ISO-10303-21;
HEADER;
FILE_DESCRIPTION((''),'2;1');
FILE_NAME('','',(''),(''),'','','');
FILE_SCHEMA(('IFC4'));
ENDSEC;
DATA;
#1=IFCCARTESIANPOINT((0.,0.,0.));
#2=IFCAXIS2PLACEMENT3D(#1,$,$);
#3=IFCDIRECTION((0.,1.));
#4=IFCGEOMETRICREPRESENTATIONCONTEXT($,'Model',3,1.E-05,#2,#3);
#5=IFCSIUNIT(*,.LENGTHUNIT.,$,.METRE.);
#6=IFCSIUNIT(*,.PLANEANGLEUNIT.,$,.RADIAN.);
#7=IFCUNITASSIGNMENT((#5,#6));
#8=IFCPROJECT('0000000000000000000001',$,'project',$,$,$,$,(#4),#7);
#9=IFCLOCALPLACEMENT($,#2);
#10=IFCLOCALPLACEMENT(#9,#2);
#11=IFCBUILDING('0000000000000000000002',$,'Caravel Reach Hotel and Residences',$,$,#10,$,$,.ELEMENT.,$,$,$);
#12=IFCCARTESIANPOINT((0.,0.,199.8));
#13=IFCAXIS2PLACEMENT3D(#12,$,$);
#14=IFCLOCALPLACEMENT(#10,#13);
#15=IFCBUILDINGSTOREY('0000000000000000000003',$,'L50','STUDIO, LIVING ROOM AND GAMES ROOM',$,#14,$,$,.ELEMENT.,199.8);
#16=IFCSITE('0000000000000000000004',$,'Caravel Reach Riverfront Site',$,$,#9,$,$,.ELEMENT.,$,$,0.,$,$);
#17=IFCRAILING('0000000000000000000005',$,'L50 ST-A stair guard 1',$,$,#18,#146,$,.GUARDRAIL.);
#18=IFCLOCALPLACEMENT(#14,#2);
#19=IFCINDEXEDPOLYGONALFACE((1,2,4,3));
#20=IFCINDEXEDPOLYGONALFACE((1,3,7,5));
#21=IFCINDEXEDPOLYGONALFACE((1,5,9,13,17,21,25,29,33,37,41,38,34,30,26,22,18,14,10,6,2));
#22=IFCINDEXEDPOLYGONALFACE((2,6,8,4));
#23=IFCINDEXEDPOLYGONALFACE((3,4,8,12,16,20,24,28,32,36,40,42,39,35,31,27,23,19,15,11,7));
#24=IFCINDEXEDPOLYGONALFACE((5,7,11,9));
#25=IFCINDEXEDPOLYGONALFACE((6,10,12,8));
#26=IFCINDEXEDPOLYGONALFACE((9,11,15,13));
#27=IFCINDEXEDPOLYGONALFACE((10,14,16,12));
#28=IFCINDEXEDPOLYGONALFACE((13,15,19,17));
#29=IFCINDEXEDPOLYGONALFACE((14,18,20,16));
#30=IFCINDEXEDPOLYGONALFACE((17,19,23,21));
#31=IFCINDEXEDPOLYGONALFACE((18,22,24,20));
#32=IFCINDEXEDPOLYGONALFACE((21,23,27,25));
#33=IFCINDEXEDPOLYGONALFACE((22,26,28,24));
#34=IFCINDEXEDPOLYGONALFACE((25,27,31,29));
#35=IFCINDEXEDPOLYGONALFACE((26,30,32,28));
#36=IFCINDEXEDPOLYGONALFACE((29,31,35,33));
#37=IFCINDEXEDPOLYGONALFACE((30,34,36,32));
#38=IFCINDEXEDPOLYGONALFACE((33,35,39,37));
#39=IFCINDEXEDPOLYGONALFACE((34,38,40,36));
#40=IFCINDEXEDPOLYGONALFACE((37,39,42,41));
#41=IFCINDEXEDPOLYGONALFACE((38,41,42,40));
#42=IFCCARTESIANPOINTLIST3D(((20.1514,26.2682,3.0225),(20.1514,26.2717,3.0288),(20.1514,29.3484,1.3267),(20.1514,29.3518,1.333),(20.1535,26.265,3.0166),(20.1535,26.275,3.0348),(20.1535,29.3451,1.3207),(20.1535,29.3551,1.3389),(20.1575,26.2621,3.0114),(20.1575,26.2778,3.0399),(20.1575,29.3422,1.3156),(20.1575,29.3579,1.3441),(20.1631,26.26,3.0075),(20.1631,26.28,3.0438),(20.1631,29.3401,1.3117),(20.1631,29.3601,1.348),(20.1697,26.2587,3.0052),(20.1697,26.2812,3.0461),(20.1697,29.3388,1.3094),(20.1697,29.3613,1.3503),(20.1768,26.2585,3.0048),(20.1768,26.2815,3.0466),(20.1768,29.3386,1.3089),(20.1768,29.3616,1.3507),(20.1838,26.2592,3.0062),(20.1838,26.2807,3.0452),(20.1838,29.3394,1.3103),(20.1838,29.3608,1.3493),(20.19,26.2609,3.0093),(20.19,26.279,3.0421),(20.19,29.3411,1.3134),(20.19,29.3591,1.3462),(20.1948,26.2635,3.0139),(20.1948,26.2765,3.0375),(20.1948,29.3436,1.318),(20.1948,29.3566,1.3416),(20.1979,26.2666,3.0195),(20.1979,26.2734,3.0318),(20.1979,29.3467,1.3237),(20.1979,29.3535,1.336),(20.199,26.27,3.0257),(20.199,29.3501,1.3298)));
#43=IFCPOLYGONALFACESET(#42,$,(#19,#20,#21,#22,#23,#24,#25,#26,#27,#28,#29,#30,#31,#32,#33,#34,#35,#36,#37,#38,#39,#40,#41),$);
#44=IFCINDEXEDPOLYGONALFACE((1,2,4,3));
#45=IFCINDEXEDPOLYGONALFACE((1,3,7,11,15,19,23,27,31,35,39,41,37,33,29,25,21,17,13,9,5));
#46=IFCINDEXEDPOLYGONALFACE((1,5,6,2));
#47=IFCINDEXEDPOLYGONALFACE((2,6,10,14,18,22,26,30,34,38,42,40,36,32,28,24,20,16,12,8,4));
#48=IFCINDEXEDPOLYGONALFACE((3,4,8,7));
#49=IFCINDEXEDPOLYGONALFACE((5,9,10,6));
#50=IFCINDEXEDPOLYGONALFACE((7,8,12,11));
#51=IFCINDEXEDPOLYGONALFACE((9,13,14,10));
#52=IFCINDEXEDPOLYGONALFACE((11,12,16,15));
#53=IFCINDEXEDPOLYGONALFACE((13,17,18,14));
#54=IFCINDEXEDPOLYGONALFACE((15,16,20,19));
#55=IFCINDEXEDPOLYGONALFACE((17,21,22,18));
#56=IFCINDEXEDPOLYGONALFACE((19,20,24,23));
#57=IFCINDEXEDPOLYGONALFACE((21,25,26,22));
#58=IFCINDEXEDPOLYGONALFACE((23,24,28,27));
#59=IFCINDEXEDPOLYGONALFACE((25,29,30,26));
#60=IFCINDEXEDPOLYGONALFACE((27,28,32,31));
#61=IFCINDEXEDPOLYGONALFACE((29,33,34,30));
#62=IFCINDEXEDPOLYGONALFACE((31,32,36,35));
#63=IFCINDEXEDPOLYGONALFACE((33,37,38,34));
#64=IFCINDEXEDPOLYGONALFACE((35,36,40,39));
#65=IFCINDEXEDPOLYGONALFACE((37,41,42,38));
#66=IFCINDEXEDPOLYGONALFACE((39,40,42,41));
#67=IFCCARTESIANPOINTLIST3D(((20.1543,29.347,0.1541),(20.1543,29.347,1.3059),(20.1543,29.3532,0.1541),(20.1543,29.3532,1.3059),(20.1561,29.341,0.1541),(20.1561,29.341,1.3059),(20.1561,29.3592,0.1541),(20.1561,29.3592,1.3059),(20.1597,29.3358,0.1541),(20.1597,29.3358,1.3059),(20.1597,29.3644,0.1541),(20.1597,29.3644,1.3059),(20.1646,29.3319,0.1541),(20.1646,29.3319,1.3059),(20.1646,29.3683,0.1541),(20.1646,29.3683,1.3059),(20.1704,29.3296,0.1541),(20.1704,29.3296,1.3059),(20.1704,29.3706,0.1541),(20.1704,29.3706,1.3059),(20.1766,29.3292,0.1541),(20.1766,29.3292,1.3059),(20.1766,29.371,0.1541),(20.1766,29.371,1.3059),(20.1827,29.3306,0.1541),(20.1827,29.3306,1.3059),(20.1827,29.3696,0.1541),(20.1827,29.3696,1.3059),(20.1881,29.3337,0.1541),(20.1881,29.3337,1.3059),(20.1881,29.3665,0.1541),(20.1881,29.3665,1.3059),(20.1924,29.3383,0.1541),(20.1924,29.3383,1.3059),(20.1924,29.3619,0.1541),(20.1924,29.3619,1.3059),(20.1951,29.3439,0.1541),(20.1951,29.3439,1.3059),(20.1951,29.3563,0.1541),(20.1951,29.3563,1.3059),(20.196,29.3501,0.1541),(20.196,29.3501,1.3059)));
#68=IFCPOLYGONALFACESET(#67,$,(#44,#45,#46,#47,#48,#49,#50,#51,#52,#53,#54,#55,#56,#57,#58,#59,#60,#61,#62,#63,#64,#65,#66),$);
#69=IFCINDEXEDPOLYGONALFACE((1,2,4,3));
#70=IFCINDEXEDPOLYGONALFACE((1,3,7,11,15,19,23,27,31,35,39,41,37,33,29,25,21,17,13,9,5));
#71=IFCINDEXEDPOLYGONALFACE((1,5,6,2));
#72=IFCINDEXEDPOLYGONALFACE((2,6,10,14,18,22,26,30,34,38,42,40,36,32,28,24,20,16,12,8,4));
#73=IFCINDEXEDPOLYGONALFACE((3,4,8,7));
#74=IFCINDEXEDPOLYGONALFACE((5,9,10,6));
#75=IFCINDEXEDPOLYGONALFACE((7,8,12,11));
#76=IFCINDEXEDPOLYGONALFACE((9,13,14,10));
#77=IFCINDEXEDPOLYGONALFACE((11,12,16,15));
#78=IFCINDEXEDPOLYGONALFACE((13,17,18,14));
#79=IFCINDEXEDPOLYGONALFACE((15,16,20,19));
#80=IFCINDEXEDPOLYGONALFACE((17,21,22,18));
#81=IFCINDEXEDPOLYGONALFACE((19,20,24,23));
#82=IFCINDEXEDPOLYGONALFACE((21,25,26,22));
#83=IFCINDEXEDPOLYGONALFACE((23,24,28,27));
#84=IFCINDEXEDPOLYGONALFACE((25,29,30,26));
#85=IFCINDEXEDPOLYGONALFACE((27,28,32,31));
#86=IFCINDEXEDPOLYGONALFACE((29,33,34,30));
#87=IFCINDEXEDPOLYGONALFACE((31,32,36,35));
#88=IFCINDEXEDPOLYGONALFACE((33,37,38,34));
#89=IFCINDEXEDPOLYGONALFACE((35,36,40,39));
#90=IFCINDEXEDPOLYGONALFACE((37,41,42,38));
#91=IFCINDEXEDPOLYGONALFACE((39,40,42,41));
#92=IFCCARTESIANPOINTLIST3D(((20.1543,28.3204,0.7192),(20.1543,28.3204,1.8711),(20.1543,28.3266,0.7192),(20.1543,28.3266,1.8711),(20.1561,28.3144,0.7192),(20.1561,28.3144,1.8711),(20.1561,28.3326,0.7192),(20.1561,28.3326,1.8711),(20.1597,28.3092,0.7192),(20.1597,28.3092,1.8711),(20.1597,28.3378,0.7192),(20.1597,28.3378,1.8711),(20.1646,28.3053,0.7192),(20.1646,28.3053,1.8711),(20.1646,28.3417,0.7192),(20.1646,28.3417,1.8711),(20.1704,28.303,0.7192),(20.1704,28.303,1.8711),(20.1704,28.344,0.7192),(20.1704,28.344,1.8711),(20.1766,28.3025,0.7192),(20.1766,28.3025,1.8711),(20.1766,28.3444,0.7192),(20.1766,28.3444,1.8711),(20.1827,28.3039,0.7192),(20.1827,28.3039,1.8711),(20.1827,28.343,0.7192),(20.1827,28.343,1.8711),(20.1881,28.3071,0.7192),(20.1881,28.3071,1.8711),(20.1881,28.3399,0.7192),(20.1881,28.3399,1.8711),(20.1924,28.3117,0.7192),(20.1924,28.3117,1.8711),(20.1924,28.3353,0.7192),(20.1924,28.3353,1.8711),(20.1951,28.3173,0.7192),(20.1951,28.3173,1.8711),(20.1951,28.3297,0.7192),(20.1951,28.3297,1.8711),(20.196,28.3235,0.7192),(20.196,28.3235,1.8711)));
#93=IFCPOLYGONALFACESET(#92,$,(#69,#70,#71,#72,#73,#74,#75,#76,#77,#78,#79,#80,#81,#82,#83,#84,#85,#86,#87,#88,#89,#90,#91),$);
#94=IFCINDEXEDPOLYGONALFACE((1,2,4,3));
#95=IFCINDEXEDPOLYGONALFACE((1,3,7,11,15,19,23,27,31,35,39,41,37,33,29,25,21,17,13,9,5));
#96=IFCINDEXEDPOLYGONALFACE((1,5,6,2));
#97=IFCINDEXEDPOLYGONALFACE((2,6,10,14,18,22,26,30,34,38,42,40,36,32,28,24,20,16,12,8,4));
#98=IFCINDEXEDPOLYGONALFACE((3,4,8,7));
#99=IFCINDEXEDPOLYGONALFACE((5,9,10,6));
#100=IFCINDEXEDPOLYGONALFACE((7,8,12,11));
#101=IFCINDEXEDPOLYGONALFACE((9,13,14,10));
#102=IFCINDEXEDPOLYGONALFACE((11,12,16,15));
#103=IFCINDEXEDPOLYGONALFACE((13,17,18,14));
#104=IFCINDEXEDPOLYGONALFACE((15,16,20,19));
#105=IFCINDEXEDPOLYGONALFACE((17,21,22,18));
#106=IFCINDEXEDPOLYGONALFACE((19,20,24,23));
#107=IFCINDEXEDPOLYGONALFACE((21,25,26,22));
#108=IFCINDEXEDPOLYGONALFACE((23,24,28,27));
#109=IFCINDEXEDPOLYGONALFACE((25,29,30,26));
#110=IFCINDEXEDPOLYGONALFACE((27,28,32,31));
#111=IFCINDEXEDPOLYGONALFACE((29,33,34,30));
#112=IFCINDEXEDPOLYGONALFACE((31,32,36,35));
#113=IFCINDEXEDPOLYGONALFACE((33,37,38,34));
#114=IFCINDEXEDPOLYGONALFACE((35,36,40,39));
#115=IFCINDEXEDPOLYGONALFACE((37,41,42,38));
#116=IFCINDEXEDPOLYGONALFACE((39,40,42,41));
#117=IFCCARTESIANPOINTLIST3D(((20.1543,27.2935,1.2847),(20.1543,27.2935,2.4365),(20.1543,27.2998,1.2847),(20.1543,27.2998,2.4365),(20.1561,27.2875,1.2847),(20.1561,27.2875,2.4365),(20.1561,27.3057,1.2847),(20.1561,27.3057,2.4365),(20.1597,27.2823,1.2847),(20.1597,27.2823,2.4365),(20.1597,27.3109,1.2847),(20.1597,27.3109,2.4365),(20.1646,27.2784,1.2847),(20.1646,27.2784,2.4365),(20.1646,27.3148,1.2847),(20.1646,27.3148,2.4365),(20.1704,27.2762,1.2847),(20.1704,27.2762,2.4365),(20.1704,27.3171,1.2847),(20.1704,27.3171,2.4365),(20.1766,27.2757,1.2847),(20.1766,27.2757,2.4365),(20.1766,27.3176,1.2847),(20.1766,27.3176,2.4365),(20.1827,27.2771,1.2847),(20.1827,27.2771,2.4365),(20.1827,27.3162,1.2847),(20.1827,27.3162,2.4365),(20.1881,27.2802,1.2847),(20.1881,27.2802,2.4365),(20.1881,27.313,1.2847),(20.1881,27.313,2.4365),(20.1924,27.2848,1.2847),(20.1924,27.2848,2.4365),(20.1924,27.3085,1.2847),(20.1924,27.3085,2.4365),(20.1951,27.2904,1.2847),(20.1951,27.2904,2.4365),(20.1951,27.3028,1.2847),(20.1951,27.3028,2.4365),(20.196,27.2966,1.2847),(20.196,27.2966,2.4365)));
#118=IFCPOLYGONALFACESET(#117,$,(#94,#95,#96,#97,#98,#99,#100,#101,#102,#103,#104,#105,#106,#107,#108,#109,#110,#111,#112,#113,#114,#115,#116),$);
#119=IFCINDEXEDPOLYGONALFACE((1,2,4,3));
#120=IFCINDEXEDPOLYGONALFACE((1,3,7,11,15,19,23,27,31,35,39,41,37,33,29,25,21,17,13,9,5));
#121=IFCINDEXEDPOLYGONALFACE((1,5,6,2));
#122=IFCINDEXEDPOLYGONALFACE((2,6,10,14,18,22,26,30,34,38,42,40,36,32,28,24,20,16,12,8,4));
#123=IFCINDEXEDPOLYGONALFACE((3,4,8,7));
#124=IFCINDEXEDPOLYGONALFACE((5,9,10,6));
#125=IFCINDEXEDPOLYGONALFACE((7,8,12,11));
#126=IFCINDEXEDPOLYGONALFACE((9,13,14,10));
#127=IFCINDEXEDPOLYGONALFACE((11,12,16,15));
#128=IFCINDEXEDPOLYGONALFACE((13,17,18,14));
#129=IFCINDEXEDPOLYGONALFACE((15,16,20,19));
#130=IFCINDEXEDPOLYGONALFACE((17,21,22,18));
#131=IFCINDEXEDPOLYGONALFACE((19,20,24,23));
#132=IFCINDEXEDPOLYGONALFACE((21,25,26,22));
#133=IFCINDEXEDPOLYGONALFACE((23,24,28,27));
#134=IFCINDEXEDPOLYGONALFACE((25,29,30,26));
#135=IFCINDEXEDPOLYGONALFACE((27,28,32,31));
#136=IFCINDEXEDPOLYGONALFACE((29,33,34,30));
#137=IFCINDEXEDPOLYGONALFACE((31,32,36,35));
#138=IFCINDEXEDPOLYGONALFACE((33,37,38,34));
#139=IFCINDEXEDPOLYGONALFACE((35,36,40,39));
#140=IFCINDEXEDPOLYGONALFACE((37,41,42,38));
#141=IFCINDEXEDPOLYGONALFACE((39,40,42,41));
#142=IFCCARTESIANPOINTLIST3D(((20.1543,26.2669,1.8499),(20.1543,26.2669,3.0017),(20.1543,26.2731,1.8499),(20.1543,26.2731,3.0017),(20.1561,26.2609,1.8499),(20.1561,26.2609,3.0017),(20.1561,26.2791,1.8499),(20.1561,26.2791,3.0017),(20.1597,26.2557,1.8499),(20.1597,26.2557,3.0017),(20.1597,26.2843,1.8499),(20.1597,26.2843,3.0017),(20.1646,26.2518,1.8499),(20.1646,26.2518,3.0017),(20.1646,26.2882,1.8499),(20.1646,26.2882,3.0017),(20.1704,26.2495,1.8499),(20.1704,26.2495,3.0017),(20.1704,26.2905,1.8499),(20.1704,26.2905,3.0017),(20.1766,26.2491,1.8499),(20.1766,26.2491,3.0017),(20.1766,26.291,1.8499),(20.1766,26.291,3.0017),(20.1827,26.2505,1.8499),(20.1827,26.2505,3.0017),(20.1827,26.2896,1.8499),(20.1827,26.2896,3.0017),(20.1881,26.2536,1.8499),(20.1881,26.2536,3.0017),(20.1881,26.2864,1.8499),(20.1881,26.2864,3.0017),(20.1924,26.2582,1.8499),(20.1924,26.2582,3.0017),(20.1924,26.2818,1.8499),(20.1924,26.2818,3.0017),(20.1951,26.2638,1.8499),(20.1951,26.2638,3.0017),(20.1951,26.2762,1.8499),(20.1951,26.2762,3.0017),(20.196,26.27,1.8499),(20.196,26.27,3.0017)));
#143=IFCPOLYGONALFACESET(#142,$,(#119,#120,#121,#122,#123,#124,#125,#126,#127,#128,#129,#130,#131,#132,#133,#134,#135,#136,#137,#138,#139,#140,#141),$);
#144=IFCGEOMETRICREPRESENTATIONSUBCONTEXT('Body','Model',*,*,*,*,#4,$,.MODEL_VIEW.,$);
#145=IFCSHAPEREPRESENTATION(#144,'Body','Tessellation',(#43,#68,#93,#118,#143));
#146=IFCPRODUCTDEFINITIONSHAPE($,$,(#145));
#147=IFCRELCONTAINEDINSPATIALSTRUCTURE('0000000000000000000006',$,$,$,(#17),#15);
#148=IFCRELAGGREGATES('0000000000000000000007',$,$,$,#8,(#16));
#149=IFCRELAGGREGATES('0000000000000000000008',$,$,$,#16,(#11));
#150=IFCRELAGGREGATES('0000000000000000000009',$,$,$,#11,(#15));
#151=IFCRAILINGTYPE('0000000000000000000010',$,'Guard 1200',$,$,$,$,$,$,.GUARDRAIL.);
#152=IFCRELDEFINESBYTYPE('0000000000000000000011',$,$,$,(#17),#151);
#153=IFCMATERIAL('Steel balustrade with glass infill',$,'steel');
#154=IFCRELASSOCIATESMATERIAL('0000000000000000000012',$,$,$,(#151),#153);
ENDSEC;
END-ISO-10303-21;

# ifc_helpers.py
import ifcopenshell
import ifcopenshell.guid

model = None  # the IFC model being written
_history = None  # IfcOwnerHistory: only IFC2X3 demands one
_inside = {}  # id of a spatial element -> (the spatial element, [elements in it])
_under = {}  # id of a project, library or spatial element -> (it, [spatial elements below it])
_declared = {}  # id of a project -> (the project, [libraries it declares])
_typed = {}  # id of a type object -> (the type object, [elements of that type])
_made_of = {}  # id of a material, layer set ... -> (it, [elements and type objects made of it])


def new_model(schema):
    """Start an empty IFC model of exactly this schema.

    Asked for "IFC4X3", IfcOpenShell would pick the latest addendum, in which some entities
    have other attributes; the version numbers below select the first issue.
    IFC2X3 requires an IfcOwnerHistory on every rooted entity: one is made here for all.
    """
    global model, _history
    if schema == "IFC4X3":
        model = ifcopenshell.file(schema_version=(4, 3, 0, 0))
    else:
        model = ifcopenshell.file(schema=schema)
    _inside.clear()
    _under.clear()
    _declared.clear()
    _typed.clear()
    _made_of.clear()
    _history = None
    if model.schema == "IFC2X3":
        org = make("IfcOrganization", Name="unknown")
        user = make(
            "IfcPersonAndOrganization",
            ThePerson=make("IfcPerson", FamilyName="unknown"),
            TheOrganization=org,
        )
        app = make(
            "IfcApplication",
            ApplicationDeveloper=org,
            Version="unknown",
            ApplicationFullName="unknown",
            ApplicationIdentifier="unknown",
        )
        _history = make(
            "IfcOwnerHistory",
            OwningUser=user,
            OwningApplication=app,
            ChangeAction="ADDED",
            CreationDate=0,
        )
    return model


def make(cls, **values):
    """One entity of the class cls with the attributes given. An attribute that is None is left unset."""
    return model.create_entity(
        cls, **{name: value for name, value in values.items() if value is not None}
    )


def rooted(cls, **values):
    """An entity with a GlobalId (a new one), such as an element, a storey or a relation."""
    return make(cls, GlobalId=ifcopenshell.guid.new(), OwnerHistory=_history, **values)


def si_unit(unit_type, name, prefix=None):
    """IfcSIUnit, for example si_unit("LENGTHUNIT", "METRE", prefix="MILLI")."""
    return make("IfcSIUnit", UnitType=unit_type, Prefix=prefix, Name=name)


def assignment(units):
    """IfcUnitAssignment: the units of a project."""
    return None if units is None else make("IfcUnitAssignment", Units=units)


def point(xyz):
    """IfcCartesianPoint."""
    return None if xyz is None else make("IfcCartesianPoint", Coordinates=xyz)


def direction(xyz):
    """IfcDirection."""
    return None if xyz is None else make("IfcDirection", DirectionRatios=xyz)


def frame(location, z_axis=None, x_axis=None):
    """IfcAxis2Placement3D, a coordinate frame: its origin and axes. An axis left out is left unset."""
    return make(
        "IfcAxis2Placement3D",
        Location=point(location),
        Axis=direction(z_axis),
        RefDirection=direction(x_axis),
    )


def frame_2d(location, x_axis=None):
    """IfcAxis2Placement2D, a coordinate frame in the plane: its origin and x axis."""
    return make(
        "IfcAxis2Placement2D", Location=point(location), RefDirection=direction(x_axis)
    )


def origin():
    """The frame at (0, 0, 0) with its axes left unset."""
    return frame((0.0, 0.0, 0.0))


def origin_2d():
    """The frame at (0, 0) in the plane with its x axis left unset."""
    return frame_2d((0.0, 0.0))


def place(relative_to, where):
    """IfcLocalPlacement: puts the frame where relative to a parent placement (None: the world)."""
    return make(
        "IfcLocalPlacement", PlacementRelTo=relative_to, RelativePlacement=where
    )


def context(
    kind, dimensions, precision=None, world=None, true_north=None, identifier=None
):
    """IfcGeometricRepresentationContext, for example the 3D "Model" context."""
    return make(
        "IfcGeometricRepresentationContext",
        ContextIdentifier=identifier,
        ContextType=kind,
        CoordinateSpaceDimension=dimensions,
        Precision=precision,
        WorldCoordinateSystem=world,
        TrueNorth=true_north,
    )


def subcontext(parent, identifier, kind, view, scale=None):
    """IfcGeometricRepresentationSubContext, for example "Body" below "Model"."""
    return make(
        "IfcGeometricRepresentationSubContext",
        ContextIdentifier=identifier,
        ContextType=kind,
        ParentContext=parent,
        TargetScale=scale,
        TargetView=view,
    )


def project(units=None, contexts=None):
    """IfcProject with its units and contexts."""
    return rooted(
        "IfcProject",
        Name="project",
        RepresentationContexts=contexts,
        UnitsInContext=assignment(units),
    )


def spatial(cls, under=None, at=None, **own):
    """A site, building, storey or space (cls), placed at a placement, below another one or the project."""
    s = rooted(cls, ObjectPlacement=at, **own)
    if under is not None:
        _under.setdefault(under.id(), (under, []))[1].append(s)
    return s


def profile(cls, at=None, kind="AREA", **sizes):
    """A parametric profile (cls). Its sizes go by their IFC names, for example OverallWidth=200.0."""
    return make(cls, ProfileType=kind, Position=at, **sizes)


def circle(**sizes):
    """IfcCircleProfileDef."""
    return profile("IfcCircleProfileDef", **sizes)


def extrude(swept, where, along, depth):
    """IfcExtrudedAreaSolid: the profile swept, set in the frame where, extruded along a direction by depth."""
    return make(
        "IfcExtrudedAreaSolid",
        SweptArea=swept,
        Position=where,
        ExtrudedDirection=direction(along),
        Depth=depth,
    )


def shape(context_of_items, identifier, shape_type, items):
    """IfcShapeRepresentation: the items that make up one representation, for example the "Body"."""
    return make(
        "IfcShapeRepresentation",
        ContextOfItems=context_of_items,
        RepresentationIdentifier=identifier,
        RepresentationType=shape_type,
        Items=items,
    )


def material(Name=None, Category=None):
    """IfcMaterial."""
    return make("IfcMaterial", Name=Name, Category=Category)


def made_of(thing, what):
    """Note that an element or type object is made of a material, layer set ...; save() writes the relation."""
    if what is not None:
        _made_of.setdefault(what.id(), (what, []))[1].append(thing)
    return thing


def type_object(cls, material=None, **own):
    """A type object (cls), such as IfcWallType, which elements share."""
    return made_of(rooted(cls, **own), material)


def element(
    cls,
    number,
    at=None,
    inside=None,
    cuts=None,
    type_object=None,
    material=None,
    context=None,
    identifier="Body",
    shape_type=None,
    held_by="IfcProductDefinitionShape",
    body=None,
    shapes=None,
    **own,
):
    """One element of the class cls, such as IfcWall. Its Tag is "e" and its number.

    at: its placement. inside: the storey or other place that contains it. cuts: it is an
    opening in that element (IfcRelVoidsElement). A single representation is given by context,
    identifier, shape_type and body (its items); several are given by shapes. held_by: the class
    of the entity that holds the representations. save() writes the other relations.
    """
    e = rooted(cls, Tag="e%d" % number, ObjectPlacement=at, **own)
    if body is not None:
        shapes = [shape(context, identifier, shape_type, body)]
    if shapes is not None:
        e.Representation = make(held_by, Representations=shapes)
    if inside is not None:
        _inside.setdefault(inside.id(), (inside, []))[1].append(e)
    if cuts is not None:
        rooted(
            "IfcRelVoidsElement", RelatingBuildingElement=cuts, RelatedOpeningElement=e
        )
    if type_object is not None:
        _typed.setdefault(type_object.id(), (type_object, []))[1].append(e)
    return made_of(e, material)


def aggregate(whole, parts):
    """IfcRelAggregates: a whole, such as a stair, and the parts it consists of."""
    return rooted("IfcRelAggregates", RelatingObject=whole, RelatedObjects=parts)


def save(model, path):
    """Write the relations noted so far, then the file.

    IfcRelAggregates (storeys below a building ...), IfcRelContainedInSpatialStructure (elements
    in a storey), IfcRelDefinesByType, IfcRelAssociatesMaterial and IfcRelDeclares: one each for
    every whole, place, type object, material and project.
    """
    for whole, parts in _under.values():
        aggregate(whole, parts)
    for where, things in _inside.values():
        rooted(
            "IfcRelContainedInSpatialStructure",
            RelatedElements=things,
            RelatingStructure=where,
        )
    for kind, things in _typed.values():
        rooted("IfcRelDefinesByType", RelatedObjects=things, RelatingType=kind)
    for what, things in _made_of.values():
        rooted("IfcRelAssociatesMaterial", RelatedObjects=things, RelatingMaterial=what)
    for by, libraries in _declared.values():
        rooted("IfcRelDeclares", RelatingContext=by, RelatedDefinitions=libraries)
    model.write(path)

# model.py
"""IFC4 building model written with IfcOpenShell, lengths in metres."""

from ifc_helpers import new_model, si_unit, direction, frame, origin, origin_2d, place, context, subcontext, project, spatial, circle, extrude, material, type_object, element, save


model = new_model("IFC4")

# Units and contexts
model_context = context("Model", 3, precision=1e-05, world=origin(), true_north=direction((0.0, 1.0)))
body_context = subcontext(model_context, "Body", "Model", "MODEL_VIEW")
ifc_project = project(units=[si_unit("LENGTHUNIT", "METRE"), si_unit("PLANEANGLEUNIT", "RADIAN")], contexts=[model_context])

# Site, building, storey
site_placement = place(None, origin())
site = spatial("IfcSite", under=ifc_project, at=site_placement, Name="Caravel Reach Riverfront Site", CompositionType="ELEMENT", RefElevation=0.0)
building_placement = place(site_placement, origin())
building = spatial("IfcBuilding", under=site, at=building_placement, Name="Caravel Reach Hotel and Residences", CompositionType="ELEMENT")
storey_placement = place(building_placement, frame((0.0, 0.0, 199.8)))
storey = spatial("IfcBuildingStorey", under=building, at=storey_placement, Name="L50", Description="STUDIO, LIVING ROOM AND GAMES ROOM", CompositionType="ELEMENT", Elevation=199.8)

# Railing
ifc_material_1 = material(Name="Steel balustrade with glass infill", Category="steel")
railing_type_1 = type_object("IfcRailingType", Name="Guard 1200", PredefinedType="GUARDRAIL", material=ifc_material_1)
railing_1_placement = place(storey_placement, frame((20.175, 29.3501, 0.1541)))
element("IfcRailing", 1, at=railing_1_placement, inside=storey, type_object=railing_type_1, Name="L50 ST-A stair guard 1", PredefinedType="GUARDRAIL", context=body_context, shape_type="SweptSolid", body=[
    extrude(circle(Radius=0.0239, at=origin_2d()), frame((0.0, 0.0, 1.1758), z_axis=(0.0, -0.876005, 0.482303), x_axis=(1.0, 0.0, 0.0)), (0.0, 0.0, 1.0), 3.5161),
    extrude(circle(Radius=0.021, at=origin_2d()), origin(), (0.0, 0.0, 1.0), 1.1519),
    extrude(circle(Radius=0.021, at=origin_2d()), frame((0.0, -1.0266, 0.5652)), (0.0, 0.0, 1.0), 1.1519),
    extrude(circle(Radius=0.021, at=origin_2d()), frame((0.0, -2.0535, 1.1306)), (0.0, 0.0, 1.0), 1.1519),
    extrude(circle(Radius=0.021, at=origin_2d()), frame((0.0, -3.0801, 1.6958)), (0.0, 0.0, 1.0), 1.1519),
])

save(model, "model.ifc")
